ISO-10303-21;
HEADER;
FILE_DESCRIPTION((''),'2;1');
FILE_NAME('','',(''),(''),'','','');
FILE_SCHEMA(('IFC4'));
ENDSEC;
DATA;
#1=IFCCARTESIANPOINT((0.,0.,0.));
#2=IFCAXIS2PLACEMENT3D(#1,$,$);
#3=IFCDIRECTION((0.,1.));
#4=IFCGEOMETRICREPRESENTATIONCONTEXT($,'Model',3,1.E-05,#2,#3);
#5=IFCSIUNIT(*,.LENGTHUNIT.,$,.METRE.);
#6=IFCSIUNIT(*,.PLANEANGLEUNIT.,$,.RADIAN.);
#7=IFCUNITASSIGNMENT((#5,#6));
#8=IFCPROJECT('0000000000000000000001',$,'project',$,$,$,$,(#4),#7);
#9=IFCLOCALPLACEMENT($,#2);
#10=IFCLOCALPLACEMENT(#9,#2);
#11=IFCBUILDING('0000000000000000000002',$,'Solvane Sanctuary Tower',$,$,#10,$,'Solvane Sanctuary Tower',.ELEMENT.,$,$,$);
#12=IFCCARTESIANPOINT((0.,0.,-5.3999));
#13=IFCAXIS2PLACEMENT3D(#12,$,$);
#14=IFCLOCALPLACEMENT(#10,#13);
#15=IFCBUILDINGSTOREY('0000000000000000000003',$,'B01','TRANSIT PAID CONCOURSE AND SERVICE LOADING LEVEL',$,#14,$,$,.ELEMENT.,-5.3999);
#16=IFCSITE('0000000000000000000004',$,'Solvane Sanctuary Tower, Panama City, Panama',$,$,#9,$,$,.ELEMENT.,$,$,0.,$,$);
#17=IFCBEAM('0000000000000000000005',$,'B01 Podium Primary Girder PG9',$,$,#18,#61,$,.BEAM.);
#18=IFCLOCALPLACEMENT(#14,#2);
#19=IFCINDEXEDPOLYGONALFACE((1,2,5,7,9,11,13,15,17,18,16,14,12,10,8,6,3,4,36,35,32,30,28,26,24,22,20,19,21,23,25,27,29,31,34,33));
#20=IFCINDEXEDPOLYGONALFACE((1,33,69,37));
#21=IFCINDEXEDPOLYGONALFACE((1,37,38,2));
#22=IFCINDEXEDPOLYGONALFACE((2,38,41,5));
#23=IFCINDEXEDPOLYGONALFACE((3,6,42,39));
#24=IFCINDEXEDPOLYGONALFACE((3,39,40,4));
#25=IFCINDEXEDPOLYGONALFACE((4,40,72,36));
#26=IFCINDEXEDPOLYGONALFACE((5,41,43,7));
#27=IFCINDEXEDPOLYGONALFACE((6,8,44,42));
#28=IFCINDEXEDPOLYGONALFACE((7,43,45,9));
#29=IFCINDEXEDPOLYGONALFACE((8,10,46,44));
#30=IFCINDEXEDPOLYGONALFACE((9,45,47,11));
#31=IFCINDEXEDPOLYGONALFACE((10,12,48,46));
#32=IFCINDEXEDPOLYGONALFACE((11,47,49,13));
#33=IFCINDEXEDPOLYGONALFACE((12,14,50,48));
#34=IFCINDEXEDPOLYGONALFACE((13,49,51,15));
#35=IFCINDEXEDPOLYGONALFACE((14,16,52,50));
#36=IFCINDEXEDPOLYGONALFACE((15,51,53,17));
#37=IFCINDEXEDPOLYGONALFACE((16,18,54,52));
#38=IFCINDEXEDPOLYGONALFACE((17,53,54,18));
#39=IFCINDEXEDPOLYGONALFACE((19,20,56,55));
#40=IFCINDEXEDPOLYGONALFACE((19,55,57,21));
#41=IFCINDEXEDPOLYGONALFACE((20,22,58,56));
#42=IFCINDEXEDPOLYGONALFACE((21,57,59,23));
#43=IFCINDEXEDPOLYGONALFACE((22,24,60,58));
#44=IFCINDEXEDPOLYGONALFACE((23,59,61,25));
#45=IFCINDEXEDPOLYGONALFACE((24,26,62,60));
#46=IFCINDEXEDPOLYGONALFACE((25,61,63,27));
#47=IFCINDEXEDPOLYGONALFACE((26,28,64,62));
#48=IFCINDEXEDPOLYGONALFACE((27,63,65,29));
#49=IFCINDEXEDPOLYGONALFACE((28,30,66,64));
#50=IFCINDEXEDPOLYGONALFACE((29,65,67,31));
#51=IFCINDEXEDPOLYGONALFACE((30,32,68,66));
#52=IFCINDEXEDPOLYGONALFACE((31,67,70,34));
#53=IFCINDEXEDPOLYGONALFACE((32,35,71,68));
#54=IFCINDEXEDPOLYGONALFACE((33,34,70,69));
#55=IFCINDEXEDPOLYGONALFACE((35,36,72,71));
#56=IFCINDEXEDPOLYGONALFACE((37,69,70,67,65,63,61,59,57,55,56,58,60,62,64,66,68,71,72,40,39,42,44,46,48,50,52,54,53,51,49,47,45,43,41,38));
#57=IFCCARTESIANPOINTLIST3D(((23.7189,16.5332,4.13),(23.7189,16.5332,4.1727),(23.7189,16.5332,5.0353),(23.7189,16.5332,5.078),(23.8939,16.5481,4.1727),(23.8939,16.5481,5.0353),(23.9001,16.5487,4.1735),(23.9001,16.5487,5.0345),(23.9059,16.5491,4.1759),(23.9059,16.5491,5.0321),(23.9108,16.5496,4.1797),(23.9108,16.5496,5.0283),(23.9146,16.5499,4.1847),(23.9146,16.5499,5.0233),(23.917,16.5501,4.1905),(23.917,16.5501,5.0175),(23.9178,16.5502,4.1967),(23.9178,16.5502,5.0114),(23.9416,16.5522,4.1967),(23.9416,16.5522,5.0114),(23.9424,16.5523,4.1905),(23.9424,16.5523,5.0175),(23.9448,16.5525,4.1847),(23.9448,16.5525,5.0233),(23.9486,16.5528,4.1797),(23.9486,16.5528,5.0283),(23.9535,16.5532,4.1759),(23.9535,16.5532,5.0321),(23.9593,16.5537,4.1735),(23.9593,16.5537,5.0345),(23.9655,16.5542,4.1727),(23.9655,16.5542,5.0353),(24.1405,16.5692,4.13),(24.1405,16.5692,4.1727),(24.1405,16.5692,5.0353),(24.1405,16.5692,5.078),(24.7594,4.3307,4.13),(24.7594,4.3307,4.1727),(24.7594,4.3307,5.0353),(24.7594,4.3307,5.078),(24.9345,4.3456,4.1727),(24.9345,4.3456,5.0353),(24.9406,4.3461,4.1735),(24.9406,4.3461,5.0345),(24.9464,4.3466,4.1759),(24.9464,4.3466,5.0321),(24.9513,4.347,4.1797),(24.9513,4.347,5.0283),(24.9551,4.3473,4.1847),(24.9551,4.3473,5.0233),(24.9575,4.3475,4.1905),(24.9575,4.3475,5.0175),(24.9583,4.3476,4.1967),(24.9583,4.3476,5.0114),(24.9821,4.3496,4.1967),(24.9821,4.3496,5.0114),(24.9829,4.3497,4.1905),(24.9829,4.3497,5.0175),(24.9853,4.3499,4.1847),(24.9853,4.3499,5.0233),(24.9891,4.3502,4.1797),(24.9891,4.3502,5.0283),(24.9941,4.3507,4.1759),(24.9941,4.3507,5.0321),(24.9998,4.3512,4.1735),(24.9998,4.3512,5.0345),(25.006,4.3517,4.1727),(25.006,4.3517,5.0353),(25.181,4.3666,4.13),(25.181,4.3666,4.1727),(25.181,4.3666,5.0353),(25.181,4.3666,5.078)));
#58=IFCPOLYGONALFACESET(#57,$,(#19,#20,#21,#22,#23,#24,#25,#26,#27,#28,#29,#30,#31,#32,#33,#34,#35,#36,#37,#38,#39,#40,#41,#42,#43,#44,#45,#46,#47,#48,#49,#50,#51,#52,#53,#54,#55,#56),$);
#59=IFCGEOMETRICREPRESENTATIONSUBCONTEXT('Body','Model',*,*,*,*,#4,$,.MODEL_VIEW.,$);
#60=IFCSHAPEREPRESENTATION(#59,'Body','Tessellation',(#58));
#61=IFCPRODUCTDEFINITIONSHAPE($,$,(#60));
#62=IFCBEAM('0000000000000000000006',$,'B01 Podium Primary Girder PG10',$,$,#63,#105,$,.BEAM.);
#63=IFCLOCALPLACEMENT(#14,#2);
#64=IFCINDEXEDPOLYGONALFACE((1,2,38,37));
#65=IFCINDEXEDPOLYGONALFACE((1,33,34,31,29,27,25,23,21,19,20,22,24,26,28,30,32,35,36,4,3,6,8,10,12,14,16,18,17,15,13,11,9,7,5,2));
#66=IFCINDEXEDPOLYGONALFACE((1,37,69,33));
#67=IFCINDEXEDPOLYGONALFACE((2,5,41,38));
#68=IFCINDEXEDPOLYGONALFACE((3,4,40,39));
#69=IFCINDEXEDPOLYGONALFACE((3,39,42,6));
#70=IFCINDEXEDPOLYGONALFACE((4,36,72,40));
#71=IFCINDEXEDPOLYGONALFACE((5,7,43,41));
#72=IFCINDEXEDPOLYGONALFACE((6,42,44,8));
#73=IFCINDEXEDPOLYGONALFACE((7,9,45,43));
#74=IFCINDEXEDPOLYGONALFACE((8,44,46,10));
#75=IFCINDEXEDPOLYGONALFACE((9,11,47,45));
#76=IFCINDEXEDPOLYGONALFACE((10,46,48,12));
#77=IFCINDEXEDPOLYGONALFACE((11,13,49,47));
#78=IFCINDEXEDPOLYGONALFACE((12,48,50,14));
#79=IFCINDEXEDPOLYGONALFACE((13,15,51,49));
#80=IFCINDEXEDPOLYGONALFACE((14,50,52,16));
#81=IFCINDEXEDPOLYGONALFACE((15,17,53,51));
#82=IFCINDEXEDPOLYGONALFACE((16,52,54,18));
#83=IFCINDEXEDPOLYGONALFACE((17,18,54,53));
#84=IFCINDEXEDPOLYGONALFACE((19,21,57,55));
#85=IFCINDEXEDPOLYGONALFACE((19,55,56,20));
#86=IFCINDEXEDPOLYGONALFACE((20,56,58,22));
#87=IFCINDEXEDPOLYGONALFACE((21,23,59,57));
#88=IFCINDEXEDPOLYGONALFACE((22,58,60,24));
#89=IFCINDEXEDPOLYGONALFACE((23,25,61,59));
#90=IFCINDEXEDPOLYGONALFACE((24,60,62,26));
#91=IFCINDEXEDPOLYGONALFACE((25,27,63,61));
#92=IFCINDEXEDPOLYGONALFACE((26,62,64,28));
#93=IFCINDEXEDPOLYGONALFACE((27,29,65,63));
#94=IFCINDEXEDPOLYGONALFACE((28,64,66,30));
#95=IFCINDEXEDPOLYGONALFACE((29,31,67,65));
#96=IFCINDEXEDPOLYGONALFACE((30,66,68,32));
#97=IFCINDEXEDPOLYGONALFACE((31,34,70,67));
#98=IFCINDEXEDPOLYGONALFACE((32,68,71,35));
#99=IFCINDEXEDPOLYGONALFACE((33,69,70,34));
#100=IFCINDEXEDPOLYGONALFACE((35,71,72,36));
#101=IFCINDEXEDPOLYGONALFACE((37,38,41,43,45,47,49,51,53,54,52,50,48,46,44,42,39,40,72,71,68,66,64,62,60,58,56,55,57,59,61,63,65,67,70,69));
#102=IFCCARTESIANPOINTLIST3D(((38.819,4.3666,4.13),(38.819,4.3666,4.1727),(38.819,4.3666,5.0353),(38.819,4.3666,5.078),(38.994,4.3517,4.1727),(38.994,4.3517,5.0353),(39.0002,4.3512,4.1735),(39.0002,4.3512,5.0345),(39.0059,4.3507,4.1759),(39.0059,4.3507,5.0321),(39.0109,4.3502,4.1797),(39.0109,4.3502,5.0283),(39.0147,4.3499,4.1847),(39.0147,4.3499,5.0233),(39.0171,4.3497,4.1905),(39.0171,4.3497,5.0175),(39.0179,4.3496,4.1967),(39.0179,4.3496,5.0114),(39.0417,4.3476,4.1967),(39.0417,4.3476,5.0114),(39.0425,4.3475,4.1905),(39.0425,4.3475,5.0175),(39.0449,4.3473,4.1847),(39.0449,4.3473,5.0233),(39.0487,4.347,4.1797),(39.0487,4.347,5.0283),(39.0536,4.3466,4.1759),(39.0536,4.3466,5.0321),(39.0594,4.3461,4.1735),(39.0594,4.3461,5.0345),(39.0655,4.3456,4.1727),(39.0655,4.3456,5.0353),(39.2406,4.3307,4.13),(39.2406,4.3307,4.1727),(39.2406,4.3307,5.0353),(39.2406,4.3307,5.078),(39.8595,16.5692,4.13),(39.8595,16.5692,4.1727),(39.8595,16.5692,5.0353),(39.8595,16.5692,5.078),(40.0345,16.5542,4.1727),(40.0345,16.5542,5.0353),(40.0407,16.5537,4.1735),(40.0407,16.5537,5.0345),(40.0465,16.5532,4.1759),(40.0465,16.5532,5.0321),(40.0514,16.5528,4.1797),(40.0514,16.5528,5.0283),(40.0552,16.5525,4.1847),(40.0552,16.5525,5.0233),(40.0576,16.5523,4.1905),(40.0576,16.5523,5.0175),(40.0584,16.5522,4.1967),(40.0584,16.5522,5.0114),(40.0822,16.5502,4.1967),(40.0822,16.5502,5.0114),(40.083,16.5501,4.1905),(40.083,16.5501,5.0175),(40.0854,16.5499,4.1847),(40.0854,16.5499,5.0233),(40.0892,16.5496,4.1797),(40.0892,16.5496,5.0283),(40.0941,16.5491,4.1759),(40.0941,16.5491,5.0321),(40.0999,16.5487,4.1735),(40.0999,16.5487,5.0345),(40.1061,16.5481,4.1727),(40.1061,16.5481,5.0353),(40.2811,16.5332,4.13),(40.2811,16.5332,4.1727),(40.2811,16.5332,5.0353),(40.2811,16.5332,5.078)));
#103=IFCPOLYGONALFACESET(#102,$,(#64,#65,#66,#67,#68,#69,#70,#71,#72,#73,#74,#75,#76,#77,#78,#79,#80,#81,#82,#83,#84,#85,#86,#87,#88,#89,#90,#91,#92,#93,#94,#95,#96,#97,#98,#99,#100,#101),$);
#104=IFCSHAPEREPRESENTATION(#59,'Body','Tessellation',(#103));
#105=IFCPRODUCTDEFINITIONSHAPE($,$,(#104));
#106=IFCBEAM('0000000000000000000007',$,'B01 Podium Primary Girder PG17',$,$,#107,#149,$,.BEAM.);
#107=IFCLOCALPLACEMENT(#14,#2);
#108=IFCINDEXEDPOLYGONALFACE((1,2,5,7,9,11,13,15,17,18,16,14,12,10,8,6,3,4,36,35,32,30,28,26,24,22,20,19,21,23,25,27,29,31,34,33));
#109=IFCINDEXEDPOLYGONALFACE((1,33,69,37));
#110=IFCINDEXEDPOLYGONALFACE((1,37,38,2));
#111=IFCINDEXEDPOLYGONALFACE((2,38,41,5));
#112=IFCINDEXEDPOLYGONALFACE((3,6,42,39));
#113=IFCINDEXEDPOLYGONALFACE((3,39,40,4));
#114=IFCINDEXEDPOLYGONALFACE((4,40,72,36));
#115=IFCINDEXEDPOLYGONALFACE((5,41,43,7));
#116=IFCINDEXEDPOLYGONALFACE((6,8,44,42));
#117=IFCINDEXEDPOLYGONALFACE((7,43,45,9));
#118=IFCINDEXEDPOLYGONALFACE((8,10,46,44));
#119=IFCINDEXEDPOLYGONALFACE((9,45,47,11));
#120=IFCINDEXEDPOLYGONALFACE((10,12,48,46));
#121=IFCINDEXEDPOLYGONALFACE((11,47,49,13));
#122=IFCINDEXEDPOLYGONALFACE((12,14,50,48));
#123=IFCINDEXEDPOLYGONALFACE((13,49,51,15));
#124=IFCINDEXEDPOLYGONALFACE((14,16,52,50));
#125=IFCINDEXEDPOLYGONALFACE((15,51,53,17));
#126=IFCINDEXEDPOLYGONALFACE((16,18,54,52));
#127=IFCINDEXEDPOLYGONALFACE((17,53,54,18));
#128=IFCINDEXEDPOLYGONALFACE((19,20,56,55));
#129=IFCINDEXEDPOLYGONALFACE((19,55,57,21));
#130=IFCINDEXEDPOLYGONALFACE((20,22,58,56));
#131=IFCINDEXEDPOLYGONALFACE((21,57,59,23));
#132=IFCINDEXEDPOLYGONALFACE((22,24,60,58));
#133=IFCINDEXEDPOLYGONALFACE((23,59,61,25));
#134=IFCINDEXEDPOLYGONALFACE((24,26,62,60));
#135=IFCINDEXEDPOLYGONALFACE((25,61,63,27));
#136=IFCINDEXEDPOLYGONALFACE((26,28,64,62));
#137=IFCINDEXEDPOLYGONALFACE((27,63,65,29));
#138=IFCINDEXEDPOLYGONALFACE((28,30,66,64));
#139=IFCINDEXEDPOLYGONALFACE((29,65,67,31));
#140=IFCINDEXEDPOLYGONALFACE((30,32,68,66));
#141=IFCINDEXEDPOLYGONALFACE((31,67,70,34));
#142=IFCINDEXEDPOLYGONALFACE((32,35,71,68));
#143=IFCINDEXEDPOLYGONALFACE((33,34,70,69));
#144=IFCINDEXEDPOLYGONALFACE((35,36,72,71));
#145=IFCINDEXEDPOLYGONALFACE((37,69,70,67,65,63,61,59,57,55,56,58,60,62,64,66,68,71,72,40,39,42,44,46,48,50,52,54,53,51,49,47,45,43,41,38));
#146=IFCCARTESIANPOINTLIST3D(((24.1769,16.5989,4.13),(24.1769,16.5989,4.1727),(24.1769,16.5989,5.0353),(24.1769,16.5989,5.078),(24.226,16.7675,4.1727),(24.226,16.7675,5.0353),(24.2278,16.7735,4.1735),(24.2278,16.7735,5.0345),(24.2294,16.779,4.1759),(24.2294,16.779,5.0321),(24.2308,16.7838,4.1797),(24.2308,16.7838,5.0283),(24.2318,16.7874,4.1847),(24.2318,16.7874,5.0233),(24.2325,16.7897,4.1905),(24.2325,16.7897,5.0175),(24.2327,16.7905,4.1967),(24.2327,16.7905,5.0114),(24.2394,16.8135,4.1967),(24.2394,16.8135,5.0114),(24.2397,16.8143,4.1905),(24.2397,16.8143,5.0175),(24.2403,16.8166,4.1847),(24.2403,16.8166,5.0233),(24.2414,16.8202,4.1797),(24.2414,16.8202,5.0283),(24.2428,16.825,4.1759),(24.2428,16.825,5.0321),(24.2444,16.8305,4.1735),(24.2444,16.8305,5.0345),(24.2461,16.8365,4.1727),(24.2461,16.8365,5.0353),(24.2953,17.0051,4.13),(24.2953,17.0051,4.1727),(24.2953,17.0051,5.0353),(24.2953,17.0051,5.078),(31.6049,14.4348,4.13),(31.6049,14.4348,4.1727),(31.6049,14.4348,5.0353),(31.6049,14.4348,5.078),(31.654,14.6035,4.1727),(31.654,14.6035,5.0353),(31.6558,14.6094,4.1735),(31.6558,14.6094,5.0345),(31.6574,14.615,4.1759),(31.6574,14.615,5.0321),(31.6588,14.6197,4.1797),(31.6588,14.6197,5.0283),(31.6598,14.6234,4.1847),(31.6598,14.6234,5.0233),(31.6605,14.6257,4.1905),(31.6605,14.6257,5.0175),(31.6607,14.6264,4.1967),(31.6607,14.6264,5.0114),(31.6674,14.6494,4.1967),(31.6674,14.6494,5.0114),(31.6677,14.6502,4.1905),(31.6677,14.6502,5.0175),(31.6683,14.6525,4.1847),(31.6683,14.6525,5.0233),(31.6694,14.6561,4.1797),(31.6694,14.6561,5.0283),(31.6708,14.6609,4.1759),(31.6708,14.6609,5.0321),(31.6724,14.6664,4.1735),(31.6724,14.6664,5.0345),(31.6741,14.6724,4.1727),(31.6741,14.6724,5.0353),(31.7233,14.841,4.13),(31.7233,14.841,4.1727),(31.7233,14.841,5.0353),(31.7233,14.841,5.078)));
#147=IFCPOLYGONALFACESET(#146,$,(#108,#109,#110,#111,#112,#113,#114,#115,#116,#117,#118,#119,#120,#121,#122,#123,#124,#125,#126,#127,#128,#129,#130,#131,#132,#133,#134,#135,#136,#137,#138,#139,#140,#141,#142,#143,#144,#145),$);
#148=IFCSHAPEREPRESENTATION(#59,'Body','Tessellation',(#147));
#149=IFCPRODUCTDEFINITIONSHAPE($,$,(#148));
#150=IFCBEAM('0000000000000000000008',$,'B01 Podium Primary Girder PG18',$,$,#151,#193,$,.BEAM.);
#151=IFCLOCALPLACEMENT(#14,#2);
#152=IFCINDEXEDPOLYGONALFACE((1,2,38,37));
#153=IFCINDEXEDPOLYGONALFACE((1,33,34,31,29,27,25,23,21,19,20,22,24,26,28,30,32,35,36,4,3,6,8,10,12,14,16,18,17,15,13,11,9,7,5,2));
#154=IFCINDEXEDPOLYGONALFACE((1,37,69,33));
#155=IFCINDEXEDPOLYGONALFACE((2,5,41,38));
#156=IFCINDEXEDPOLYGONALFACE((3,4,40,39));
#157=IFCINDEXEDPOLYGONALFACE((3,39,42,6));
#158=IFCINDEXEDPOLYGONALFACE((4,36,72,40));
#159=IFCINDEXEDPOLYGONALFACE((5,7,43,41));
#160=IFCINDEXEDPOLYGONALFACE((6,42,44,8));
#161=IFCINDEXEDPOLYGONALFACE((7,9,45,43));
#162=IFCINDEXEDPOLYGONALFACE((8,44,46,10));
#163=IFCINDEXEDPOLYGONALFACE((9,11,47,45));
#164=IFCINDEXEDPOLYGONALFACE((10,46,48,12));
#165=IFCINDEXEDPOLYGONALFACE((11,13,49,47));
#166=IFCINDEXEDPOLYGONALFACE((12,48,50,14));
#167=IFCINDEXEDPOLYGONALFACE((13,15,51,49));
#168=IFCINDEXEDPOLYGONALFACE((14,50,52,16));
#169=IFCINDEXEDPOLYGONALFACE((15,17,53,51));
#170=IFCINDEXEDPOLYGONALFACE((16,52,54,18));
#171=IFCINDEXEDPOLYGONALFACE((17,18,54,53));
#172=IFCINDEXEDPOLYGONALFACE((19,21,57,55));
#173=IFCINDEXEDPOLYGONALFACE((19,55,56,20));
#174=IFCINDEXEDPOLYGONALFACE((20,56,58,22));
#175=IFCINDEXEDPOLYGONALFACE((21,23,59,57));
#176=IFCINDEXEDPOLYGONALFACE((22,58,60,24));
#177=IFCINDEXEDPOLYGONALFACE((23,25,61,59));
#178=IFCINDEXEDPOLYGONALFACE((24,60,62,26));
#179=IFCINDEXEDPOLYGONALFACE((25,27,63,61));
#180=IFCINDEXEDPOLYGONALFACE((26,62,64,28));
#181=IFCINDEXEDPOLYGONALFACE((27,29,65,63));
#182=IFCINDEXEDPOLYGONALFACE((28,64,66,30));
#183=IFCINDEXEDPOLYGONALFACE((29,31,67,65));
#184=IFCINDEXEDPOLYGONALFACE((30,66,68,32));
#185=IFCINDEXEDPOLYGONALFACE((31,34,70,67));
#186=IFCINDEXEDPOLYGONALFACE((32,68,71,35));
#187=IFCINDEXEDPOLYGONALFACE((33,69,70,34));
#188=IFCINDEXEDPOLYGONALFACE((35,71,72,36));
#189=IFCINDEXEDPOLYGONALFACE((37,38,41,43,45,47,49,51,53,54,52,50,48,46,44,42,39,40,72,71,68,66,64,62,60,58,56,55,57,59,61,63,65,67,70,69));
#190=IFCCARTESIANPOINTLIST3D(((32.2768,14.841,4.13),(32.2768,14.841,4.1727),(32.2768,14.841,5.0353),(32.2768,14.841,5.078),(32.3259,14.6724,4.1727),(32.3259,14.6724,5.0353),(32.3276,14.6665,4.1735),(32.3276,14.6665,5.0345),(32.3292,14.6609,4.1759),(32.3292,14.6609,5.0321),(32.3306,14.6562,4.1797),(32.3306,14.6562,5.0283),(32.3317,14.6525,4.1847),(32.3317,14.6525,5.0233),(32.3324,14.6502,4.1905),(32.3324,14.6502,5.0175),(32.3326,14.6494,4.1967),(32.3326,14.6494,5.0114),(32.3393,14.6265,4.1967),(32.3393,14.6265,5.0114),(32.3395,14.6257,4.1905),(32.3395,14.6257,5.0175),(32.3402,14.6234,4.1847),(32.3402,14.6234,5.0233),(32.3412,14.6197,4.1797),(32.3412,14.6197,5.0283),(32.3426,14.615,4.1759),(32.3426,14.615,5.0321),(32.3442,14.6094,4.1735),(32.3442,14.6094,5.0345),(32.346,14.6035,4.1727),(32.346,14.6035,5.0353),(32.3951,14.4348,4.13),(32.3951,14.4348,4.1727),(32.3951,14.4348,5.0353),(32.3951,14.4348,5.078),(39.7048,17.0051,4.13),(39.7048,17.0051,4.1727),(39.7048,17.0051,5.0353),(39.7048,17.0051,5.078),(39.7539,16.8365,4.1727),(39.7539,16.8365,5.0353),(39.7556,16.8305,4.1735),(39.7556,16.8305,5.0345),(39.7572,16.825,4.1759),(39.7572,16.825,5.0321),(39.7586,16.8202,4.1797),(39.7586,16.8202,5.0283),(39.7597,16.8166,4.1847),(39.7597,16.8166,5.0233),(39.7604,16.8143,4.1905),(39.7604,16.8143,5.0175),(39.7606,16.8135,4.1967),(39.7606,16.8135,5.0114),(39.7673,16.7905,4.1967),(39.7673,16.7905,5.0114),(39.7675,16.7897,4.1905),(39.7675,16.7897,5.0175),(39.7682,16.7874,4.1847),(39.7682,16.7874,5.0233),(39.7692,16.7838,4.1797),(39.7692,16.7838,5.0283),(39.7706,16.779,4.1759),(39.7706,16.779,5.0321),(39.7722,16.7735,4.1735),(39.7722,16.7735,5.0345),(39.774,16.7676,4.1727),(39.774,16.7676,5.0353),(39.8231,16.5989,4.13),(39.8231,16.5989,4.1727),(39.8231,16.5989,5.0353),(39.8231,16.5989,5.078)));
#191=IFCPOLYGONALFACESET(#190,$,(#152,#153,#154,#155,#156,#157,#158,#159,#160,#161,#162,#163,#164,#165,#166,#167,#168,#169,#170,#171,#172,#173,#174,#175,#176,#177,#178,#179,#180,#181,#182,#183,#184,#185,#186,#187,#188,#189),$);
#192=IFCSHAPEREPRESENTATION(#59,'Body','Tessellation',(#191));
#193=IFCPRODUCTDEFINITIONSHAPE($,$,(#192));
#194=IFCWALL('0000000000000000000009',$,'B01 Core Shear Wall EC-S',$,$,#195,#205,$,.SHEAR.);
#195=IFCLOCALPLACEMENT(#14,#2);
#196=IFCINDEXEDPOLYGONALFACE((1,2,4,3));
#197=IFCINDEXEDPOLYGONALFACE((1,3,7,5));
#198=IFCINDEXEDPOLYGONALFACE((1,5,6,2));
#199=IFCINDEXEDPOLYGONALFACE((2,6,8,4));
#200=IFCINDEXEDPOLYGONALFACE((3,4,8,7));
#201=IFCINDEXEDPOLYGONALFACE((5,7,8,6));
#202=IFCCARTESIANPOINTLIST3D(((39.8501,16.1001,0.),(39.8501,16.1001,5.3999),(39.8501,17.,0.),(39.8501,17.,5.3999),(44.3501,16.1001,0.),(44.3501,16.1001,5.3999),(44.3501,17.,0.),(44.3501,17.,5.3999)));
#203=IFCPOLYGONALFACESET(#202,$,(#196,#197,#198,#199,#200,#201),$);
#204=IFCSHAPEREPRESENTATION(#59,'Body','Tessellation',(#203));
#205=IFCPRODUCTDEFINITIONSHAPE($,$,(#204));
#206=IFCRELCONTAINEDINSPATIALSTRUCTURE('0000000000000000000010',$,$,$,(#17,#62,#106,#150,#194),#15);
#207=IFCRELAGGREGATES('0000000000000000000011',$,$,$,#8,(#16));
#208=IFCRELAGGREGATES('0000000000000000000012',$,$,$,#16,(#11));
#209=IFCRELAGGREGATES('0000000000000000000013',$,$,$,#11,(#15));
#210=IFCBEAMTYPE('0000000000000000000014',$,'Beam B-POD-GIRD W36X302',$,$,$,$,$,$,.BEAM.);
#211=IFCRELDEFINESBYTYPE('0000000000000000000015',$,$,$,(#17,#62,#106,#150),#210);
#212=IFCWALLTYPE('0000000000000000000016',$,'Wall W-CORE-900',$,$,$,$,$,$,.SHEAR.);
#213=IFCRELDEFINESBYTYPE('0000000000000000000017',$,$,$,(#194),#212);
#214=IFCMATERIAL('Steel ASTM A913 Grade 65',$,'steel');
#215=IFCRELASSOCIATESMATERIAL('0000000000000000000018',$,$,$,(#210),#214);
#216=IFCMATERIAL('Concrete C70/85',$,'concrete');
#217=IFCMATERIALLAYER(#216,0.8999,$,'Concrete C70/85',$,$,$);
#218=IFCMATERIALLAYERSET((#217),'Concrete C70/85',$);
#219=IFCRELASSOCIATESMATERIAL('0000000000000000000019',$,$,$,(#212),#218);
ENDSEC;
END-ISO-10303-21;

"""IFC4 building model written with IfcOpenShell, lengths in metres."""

from ifc_helpers import new_model, si_unit, direction, frame, frame_2d, origin, origin_2d, place, context, subcontext, project, spatial, rectangle, i_section, extrude, material, layer, layer_set, material_profile, profile_set, type_object, element, save


model = new_model("IFC4")

# Units and contexts
model_context = context("Model", 3, precision=1e-05, world=origin(), true_north=direction((0.0, 1.0)))
body_context = subcontext(model_context, "Body", "Model", "MODEL_VIEW")
ifc_project = project(units=[si_unit("LENGTHUNIT", "METRE"), si_unit("PLANEANGLEUNIT", "RADIAN")], contexts=[model_context])

# Site, building, storey
site_placement = place(None, origin())
site = spatial("IfcSite", under=ifc_project, at=site_placement, Name="Solvane Sanctuary Tower, Panama City, Panama", CompositionType="ELEMENT", RefElevation=0.0)
building_placement = place(site_placement, origin())
building = spatial("IfcBuilding", under=site, at=building_placement, Name="Solvane Sanctuary Tower", LongName="Solvane Sanctuary Tower", CompositionType="ELEMENT")
storey_placement = place(building_placement, frame((0.0, 0.0, -5.3999)))
storey = spatial("IfcBuildingStorey", under=building, at=storey_placement, Name="B01", Description="TRANSIT PAID CONCOURSE AND SERVICE LOADING LEVEL", CompositionType="ELEMENT", Elevation=-5.3999)

# Shared definitions
ifc_material_1 = material(Name="Concrete C70/85", Category="concrete")

# Beams
ifc_material_2 = material(Name="Steel ASTM A913 Grade 65", Category="steel")
ifc_material_profile_1 = material_profile(ifc_material_2, i_section(OverallWidth=0.4231, OverallDepth=0.948, WebThickness=0.0239, FlangeThickness=0.0427, FilletRadius=0.0239, at=origin_2d()), Name="W36X302")
ifc_profile_set_1 = profile_set([ifc_material_profile_1], Name="Steel ASTM A913 Grade 65")
beam_type_1 = type_object("IfcBeamType", Name="Beam B-POD-GIRD W36X302", PredefinedType="BEAM", material=ifc_profile_set_1)
for number, where, z_axis, x_axis, name in (
    (1, (24.9702, 4.3486, 4.604), (-0.084962, 0.996384, 0.0), (-0.996384, -0.084962, 0.0), "B01 Podium Primary Girder PG9"),
    (2, (39.0298, 4.3486, 4.604), (0.084962, 0.996384, 0.0), (-0.996384, 0.084962, 0.0), "B01 Podium Primary Girder PG10"),
):
    element("IfcBeam", number, at=place(storey_placement, frame(where, z_axis=z_axis, x_axis=x_axis)), inside=storey, type_object=beam_type_1, Name=name, PredefinedType="BEAM", context=body_context, shape_type="SweptSolid", body=[
        extrude(i_section(OverallWidth=0.4231, OverallDepth=0.948, WebThickness=0.0239, FlangeThickness=0.0427, FilletRadius=0.0239, at=origin_2d()), origin(), (0.0, 0.0, 1.0), 12.2468),
    ])
for number, where, z_axis, x_axis, name in (
    (3, (24.2361, 16.802, 4.604), (0.960084, -0.27971, 0.0), (0.27971, 0.960084, 0.0), "B01 Podium Primary Girder PG17"),
    (4, (32.3359, 14.6379, 4.604), (0.960084, 0.27971, 0.0), (-0.27971, 0.960084, 0.0), "B01 Podium Primary Girder PG18"),
):
    element("IfcBeam", number, at=place(storey_placement, frame(where, z_axis=z_axis, x_axis=x_axis)), inside=storey, type_object=beam_type_1, Name=name, PredefinedType="BEAM", context=body_context, shape_type="SweptSolid", body=[
        extrude(i_section(OverallWidth=0.4231, OverallDepth=0.948, WebThickness=0.0239, FlangeThickness=0.0427, FilletRadius=0.0239, at=origin_2d()), origin(), (0.0, 0.0, 1.0), 7.7368),
    ])

# Wall
ifc_layer_1 = layer(ifc_material_1, 0.8999, Name="Concrete C70/85")
ifc_layer_set_1 = layer_set([ifc_layer_1], Name="Concrete C70/85")
wall_type_1 = type_object("IfcWallType", Name="Wall W-CORE-900", PredefinedType="SHEAR", material=ifc_layer_set_1)
wall_1_placement = place(storey_placement, frame((39.8501, 16.55, 0.0), z_axis=(0.0, 0.0, 1.0), x_axis=(1.0, 0.0, 0.0)))
element("IfcWall", 5, at=wall_1_placement, inside=storey, type_object=wall_type_1, Name="B01 Core Shear Wall EC-S", PredefinedType="SHEAR", context=body_context, shape_type="SweptSolid", body=[
    extrude(rectangle(XDim=4.5, YDim=0.8999, at=frame_2d((2.25, 0.0))), origin(), (0.0, 0.0, 1.0), 5.3999),
])

save(model, "model.ifc")
